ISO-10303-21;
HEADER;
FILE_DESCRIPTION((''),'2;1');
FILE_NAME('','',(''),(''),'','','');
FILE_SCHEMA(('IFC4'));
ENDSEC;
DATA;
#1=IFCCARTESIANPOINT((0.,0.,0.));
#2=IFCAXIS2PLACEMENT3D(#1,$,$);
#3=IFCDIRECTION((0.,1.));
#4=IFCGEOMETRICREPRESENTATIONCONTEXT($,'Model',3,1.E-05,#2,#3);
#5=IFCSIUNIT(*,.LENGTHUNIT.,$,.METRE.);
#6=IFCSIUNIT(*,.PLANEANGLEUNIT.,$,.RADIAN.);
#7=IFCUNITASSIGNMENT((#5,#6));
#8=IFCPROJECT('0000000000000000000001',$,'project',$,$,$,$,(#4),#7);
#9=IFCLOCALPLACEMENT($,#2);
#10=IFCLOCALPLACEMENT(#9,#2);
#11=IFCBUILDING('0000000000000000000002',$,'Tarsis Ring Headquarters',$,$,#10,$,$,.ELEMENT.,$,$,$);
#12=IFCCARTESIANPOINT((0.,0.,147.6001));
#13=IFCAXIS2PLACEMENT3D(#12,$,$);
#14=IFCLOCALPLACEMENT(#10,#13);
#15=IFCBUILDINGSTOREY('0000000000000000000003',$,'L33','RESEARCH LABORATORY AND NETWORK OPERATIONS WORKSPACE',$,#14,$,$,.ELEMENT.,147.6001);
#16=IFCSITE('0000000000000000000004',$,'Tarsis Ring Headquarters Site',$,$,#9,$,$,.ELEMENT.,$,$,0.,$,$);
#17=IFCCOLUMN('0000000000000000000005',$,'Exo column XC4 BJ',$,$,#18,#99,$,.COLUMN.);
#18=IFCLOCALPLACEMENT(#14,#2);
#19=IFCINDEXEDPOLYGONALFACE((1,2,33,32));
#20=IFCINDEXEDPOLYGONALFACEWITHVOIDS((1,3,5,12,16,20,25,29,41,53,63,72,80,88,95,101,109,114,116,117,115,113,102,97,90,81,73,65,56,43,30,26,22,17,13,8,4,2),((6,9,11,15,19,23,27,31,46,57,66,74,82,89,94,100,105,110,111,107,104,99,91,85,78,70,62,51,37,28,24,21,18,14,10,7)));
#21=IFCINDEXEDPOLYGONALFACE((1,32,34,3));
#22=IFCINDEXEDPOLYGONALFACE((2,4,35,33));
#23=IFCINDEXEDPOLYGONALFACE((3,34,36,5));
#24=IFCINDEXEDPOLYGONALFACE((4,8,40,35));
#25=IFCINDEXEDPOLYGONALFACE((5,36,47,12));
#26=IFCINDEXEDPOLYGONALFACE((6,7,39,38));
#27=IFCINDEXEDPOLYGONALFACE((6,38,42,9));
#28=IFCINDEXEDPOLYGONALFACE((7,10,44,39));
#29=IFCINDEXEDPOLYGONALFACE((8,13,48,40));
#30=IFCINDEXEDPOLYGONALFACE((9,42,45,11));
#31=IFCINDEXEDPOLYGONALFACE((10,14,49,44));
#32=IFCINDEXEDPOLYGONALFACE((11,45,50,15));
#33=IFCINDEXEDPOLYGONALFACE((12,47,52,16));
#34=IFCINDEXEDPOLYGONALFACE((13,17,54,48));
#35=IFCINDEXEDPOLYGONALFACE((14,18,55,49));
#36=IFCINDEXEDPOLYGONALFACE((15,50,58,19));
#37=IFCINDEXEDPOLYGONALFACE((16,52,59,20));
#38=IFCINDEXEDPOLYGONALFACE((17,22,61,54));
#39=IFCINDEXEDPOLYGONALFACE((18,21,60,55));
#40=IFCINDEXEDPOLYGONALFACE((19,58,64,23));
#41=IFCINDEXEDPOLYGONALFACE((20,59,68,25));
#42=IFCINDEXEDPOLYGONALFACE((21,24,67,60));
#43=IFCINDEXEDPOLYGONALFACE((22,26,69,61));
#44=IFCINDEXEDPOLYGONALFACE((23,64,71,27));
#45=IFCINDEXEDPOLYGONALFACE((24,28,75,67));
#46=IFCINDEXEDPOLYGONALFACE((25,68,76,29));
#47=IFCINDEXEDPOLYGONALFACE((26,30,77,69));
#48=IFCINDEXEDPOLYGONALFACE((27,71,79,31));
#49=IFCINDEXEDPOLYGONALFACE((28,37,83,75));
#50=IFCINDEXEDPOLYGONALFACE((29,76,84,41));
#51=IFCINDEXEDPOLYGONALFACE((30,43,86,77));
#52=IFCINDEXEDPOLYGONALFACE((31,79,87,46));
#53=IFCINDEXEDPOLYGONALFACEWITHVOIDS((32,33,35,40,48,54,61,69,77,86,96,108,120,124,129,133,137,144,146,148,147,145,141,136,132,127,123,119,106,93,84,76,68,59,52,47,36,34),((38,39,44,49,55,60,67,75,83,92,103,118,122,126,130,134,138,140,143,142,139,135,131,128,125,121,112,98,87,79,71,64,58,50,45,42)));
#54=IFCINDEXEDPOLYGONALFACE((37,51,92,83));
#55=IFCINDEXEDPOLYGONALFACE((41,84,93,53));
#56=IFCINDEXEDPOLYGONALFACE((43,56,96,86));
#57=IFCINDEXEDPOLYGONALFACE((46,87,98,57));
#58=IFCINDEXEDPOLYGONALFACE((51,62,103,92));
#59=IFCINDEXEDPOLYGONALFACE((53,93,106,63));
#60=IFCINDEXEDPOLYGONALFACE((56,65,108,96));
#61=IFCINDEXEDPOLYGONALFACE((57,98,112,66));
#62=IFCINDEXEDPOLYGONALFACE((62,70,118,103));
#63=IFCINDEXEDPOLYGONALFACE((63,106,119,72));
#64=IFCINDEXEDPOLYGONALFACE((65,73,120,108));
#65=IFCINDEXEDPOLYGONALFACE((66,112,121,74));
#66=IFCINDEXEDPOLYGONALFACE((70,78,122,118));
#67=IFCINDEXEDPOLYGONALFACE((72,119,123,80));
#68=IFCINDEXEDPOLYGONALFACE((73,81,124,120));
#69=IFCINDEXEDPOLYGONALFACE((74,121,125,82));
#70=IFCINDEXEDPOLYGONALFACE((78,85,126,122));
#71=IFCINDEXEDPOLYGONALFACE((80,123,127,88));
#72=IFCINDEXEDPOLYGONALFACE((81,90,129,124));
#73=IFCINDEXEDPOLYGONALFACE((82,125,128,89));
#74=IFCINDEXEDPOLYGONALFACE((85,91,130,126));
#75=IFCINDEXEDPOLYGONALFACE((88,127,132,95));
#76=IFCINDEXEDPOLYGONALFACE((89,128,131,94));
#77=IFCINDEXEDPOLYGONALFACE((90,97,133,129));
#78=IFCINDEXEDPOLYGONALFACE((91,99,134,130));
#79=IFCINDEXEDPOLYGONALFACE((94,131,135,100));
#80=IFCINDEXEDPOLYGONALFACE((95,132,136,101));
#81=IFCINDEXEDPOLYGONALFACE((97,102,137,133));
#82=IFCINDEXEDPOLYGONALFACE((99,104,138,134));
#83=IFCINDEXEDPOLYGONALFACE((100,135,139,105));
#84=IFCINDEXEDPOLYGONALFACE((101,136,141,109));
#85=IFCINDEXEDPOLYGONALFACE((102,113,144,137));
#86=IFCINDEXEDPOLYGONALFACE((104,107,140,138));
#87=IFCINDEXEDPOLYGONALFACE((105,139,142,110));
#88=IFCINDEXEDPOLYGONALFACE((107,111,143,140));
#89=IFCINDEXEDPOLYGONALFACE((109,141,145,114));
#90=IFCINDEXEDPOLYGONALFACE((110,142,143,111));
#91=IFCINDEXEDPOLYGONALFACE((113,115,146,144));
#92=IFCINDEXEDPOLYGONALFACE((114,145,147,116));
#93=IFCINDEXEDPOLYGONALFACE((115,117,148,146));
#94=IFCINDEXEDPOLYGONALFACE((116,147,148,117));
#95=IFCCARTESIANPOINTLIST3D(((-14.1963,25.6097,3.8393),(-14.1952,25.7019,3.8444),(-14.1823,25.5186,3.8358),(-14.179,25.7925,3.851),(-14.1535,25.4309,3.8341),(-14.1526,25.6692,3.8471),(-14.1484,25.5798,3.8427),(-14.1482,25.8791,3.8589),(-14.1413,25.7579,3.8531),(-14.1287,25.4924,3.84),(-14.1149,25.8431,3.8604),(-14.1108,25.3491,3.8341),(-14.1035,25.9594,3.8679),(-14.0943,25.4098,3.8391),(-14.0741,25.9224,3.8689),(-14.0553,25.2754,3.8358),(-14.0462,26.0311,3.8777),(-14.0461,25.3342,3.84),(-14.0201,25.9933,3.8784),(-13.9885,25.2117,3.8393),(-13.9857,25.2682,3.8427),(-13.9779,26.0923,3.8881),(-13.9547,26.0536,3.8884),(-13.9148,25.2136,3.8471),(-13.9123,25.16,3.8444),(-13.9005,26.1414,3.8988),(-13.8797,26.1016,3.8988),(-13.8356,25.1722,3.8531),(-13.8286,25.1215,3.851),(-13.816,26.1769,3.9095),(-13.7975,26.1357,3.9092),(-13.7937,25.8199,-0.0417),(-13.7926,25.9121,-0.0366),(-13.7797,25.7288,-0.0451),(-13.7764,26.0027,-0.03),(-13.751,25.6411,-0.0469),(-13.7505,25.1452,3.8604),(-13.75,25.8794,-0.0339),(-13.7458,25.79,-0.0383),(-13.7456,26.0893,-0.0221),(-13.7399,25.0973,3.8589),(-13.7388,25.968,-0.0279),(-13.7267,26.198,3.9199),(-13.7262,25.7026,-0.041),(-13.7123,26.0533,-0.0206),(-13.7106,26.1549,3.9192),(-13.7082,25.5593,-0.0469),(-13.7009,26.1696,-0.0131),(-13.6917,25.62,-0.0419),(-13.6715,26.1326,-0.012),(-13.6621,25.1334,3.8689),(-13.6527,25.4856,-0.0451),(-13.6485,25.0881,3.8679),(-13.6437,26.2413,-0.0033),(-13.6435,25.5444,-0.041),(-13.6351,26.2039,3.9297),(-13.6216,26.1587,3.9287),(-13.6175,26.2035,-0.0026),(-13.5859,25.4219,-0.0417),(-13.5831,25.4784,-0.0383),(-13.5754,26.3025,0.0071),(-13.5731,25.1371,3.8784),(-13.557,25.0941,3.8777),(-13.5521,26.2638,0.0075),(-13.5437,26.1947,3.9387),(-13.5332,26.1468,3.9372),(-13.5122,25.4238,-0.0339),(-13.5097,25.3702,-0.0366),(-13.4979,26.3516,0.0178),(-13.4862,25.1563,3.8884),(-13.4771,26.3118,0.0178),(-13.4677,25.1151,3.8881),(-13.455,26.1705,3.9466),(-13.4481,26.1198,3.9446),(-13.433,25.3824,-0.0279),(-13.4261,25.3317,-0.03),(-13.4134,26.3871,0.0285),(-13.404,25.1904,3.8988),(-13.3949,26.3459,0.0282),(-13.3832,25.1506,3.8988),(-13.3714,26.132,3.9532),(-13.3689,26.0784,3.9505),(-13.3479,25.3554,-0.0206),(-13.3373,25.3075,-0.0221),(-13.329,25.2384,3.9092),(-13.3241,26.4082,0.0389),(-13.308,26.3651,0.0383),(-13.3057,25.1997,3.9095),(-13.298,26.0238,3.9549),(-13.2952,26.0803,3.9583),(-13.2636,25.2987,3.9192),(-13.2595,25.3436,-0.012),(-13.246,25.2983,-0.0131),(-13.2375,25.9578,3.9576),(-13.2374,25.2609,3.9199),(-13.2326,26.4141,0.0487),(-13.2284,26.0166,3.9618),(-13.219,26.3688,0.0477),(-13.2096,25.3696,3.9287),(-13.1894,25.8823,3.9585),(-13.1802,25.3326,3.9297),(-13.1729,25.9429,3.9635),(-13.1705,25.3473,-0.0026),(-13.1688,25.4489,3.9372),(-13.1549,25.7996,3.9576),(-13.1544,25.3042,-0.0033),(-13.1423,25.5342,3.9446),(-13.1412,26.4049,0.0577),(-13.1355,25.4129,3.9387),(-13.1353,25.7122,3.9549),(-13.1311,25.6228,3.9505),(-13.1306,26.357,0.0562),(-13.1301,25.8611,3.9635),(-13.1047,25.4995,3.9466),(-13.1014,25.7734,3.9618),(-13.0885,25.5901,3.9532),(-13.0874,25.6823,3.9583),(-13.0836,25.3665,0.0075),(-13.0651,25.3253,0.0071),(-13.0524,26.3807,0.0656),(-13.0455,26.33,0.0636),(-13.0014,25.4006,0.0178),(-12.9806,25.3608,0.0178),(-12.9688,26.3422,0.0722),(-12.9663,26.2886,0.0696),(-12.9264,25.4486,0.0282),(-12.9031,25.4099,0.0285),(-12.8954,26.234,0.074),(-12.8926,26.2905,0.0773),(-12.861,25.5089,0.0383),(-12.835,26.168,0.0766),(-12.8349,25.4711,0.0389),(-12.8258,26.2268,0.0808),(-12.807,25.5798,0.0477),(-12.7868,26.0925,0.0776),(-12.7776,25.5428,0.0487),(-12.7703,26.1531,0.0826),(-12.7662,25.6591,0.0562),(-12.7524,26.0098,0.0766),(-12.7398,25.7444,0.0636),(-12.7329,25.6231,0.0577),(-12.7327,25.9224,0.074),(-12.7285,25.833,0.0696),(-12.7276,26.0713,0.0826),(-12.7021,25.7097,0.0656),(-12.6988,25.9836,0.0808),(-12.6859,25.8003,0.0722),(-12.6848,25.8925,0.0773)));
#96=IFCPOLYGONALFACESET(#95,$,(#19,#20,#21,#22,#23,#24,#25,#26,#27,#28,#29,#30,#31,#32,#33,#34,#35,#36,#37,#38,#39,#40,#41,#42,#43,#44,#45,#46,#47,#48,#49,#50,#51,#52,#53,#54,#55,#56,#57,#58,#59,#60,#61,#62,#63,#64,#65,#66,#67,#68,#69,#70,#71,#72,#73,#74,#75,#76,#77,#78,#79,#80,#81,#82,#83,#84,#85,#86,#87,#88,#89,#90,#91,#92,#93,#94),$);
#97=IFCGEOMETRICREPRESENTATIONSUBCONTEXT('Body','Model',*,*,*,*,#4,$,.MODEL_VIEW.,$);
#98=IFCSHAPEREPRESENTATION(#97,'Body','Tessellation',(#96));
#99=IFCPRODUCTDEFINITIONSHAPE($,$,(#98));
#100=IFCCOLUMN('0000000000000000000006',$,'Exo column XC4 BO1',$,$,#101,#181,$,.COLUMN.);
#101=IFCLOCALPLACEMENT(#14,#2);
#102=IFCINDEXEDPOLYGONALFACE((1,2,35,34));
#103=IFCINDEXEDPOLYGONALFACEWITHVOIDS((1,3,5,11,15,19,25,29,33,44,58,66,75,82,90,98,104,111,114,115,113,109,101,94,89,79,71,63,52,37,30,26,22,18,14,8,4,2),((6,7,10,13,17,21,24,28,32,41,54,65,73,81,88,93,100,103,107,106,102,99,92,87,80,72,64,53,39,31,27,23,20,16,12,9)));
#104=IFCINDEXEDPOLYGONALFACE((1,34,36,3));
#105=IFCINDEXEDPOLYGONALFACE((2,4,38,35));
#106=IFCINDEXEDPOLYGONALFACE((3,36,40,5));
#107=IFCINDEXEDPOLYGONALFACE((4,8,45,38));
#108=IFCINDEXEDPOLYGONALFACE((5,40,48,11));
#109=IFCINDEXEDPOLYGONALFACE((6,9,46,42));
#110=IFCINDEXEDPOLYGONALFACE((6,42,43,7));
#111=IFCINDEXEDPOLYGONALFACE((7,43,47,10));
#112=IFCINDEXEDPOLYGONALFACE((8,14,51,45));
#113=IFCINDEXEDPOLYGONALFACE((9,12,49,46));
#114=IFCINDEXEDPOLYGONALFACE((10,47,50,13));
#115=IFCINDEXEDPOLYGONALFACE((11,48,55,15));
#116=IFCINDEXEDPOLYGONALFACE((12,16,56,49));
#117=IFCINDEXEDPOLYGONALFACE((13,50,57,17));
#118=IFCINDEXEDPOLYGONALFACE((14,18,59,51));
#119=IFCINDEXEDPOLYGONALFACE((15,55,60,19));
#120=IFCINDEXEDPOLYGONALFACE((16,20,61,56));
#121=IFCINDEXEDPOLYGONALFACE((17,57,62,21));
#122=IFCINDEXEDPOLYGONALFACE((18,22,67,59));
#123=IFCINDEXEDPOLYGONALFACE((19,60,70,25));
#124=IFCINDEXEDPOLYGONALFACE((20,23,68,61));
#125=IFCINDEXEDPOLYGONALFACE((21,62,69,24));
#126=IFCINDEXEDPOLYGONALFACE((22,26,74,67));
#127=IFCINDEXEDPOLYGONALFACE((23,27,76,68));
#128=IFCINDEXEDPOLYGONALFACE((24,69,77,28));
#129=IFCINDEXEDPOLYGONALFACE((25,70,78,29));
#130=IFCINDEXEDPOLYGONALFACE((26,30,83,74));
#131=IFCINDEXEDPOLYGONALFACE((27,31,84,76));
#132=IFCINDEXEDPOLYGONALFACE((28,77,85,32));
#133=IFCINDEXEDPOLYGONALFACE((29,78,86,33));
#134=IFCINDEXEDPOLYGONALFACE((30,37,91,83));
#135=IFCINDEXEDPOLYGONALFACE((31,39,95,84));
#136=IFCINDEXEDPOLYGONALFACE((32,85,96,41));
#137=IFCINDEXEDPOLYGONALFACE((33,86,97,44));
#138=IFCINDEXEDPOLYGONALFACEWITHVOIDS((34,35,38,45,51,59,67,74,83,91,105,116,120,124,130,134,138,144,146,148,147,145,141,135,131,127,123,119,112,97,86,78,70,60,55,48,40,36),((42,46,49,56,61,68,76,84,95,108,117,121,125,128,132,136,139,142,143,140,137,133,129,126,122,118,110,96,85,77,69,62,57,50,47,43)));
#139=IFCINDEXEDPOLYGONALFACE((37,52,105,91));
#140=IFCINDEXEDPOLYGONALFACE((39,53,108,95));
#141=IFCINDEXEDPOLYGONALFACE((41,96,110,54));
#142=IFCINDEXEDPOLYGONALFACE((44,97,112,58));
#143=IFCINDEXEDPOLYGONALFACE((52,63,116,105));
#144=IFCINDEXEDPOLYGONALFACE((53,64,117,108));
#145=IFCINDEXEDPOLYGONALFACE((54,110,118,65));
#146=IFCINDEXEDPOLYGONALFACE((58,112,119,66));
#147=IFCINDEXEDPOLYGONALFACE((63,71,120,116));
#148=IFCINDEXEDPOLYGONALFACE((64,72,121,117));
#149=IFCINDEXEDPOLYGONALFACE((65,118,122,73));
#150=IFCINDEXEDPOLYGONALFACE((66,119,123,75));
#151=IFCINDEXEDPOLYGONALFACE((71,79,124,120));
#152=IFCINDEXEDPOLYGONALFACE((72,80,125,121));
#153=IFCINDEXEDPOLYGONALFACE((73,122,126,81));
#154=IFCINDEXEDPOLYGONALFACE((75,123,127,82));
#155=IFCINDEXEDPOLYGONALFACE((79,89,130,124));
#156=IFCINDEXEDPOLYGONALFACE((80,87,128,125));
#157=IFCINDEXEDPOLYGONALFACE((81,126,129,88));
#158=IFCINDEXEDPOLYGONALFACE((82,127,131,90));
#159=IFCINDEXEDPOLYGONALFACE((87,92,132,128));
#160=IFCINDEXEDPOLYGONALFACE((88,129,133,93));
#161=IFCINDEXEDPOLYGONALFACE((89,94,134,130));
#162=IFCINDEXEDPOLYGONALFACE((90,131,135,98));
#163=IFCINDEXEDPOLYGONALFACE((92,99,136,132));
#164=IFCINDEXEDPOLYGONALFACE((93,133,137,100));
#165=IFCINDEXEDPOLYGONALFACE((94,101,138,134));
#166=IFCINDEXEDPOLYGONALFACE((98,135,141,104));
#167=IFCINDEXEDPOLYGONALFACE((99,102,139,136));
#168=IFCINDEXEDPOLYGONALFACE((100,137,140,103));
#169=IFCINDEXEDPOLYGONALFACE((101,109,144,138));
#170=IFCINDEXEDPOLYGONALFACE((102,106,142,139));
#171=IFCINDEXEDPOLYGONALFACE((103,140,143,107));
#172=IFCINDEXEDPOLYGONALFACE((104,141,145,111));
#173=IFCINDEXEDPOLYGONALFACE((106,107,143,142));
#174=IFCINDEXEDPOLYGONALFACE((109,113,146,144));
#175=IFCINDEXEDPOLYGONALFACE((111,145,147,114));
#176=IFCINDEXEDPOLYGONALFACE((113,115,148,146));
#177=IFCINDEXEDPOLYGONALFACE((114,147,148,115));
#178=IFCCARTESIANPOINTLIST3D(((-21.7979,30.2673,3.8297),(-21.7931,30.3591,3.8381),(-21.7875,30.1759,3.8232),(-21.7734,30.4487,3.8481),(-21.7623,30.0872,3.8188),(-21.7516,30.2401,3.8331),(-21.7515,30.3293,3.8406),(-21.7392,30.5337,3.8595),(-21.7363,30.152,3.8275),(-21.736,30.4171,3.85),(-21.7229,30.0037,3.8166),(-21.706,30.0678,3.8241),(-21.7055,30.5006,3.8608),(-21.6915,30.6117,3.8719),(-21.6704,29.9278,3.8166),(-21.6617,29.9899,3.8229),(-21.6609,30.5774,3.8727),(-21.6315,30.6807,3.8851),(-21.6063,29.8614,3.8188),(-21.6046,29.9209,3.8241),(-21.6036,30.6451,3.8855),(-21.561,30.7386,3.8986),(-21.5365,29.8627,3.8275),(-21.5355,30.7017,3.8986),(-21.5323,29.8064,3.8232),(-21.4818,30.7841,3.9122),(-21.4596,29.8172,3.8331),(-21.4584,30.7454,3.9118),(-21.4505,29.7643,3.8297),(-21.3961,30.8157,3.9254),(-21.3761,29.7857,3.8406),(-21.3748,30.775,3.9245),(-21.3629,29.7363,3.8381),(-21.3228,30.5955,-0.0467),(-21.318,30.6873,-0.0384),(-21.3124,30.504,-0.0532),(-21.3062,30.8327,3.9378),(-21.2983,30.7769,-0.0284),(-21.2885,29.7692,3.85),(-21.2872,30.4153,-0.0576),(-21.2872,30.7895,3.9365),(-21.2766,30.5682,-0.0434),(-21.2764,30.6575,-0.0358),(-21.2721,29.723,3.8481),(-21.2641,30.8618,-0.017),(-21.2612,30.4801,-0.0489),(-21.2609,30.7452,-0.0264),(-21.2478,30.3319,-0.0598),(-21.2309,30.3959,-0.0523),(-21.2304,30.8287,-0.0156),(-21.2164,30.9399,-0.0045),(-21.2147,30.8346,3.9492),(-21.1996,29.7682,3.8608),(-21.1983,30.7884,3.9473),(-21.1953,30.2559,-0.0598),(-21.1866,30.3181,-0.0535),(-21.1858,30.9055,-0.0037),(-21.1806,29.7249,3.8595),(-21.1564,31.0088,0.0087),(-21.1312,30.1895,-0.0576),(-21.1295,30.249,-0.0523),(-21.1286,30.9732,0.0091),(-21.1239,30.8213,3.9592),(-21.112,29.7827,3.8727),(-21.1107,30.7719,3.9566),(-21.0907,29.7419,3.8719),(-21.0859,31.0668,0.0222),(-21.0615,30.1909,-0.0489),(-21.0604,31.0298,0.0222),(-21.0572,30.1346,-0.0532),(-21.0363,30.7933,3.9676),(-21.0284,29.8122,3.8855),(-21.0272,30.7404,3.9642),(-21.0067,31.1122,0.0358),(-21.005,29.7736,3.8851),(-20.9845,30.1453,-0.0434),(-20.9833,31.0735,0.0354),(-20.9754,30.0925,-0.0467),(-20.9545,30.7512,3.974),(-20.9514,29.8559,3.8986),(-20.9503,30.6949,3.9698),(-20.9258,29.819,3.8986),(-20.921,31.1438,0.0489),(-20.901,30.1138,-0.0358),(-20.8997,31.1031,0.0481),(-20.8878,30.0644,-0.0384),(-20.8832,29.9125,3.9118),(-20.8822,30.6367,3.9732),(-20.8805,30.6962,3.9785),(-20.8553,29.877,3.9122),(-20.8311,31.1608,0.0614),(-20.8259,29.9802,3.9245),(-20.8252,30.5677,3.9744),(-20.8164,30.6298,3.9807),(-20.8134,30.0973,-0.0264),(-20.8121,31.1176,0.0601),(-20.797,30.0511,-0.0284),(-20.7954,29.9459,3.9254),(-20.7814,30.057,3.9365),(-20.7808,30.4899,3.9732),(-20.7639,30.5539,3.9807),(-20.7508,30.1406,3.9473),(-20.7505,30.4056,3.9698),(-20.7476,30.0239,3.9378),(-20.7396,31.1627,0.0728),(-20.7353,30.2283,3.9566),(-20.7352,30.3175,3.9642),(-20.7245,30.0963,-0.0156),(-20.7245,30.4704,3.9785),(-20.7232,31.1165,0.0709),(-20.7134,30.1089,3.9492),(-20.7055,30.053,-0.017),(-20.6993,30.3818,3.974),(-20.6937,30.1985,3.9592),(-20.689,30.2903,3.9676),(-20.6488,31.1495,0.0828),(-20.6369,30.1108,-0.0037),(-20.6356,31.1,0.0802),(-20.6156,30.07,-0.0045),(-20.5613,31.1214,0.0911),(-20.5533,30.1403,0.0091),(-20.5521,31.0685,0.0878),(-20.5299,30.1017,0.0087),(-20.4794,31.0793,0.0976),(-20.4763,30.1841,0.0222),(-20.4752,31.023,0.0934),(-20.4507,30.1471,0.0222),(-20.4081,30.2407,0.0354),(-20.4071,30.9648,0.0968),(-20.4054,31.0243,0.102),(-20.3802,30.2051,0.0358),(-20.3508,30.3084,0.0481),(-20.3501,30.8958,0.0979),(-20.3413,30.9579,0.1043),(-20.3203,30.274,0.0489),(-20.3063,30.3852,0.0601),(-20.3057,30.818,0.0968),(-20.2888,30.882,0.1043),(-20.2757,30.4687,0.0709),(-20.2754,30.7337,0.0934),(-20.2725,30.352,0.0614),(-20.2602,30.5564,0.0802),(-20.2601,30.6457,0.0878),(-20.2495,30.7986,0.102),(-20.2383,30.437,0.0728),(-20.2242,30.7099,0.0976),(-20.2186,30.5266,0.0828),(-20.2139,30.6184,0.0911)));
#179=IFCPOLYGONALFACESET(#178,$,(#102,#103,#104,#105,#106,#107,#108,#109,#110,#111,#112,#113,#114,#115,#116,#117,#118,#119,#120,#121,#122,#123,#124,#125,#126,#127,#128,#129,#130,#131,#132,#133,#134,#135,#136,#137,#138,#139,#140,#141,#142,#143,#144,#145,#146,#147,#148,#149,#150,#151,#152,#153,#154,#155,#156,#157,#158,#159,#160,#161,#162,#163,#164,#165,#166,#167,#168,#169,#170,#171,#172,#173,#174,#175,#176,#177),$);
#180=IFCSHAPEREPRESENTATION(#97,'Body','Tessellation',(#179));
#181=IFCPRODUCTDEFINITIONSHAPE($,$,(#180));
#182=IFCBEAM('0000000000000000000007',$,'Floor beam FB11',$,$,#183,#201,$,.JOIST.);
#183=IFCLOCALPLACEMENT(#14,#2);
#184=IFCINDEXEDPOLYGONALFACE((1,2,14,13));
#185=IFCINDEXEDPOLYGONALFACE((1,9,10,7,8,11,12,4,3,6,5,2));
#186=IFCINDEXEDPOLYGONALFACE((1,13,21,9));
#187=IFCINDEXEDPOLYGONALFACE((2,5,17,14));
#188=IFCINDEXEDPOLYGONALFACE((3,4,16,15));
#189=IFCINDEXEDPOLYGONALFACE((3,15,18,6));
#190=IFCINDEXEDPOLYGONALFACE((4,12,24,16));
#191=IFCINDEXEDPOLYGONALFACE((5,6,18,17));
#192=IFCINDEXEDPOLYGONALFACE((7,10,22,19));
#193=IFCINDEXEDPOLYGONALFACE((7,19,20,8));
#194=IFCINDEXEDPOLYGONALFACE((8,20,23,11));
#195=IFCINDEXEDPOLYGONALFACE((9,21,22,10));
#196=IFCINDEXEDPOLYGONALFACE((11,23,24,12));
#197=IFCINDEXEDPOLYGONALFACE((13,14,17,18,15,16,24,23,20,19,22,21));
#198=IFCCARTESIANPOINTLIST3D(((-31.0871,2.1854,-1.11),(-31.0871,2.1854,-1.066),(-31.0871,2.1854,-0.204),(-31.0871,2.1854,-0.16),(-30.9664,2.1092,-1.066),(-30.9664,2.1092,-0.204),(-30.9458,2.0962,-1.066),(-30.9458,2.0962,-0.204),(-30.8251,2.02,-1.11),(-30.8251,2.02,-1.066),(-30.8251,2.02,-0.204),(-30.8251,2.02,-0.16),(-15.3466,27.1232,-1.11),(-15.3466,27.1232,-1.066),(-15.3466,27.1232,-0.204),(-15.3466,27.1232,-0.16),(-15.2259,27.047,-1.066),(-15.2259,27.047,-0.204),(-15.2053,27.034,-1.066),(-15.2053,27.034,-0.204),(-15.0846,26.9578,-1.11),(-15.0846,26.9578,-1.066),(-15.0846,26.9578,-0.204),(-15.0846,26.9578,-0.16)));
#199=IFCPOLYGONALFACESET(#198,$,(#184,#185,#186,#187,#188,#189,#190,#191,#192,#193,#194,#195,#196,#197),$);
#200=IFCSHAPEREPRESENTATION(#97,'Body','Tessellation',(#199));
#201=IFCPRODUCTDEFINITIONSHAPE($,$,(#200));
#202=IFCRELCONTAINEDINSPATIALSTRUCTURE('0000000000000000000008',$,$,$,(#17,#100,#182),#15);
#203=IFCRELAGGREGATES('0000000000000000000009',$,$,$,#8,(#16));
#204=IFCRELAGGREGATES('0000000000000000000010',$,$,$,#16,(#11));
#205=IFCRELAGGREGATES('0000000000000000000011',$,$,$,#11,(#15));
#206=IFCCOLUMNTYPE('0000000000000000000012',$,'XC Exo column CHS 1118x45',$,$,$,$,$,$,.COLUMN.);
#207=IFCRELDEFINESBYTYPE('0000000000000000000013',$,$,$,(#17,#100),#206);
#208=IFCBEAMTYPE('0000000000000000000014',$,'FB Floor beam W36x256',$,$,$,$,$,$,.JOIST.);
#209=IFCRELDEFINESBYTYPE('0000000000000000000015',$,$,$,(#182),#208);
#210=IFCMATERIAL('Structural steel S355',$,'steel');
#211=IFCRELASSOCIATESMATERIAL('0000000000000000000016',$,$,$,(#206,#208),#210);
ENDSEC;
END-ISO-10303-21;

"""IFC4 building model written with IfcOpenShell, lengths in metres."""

from ifc_helpers import new_model, si_unit, direction, frame, origin, origin_2d, place, context, subcontext, project, spatial, hollow_circle, i_section, extrude, material, material_profile, profile_set, type_object, element, save


model = new_model("IFC4")

# Units and contexts
model_context = context("Model", 3, precision=1e-05, world=origin(), true_north=direction((0.0, 1.0)))
body_context = subcontext(model_context, "Body", "Model", "MODEL_VIEW")
ifc_project = project(units=[si_unit("LENGTHUNIT", "METRE"), si_unit("PLANEANGLEUNIT", "RADIAN")], contexts=[model_context])

# Site, building, storey
site_placement = place(None, origin())
site = spatial("IfcSite", under=ifc_project, at=site_placement, Name="Tarsis Ring Headquarters Site", CompositionType="ELEMENT", RefElevation=0.0)
building_placement = place(site_placement, origin())
building = spatial("IfcBuilding", under=site, at=building_placement, Name="Tarsis Ring Headquarters", CompositionType="ELEMENT")
storey_placement = place(building_placement, frame((0.0, 0.0, 147.6001)))
storey = spatial("IfcBuildingStorey", under=building, at=storey_placement, Name="L33", Description="RESEARCH LABORATORY AND NETWORK OPERATIONS WORKSPACE", CompositionType="ELEMENT", Elevation=147.6001)

# Columns
ifc_material_1 = material(Name="Structural steel S355", Category="steel")
ifc_material_profile_1 = material_profile(ifc_material_1, hollow_circle(Radius=0.5588, WallThickness=0.0449, at=origin_2d()), Name="CHS 1118x45")
ifc_profile_set_1 = profile_set([ifc_material_profile_1], Name="Structural steel S355")
column_type = type_object("IfcColumnType", Name="XC Exo column CHS 1118x45", PredefinedType="COLUMN", material=ifc_profile_set_1)
column_1_placement = place(storey_placement, frame((-13.2393, 25.8562, 0.0178), z_axis=(-0.103027, -0.053794, 0.993223), x_axis=(0.462842, -0.886441, 0.0)))
element("IfcColumn", 1, at=column_1_placement, inside=storey, type_object=column_type, Name="Exo column XC4 BJ", PredefinedType="COLUMN", context=body_context, shape_type="SweptSolid", body=[
    extrude(hollow_circle(Radius=0.5588, WallThickness=0.0449, at=origin_2d()), origin(), (0.0, 0.0, 1.0), 3.9075),
])
column_2_placement = place(storey_placement, frame((-20.7683, 30.6069, 0.0222), z_axis=(-0.121222, -0.083722, 0.989088), x_axis=(0.568286, -0.822831, 0.0)))
element("IfcColumn", 2, at=column_2_placement, inside=storey, type_object=column_type, Name="Exo column XC4 BO1", PredefinedType="COLUMN", context=body_context, shape_type="SweptSolid", body=[
    extrude(hollow_circle(Radius=0.5588, WallThickness=0.0449, at=origin_2d()), origin(), (0.0, 0.0, 1.0), 3.9192),
])

# Beam
ifc_material_profile_2 = material_profile(ifc_material_1, i_section(OverallWidth=0.3098, OverallDepth=0.95, WebThickness=0.0244, FlangeThickness=0.0439, at=origin_2d()), Name="W36x256")
ifc_profile_set_2 = profile_set([ifc_material_profile_2], Name="Structural steel S355")
beam_type_1 = type_object("IfcBeamType", Name="FB Floor beam W36x256", PredefinedType="JOIST", material=ifc_profile_set_2)
for number, where, z_axis, x_axis, name in (
    (3, (-15.2156, 27.0405, -0.635), (-0.533758, -0.845637, 0.0), (0.845637, -0.533758, 0.0), "Floor beam FB11"),
):
    element("IfcBeam", number, at=place(storey_placement, frame(where, z_axis=z_axis, x_axis=x_axis)), inside=storey, type_object=beam_type_1, Name=name, PredefinedType="JOIST", context=body_context, shape_type="SweptSolid", body=[
        extrude(i_section(OverallWidth=0.3098, OverallDepth=0.95, WebThickness=0.0244, FlangeThickness=0.0439, at=origin_2d()), origin(), (0.0, 0.0, 1.0), 29.49),
    ])

save(model, "model.ifc")
